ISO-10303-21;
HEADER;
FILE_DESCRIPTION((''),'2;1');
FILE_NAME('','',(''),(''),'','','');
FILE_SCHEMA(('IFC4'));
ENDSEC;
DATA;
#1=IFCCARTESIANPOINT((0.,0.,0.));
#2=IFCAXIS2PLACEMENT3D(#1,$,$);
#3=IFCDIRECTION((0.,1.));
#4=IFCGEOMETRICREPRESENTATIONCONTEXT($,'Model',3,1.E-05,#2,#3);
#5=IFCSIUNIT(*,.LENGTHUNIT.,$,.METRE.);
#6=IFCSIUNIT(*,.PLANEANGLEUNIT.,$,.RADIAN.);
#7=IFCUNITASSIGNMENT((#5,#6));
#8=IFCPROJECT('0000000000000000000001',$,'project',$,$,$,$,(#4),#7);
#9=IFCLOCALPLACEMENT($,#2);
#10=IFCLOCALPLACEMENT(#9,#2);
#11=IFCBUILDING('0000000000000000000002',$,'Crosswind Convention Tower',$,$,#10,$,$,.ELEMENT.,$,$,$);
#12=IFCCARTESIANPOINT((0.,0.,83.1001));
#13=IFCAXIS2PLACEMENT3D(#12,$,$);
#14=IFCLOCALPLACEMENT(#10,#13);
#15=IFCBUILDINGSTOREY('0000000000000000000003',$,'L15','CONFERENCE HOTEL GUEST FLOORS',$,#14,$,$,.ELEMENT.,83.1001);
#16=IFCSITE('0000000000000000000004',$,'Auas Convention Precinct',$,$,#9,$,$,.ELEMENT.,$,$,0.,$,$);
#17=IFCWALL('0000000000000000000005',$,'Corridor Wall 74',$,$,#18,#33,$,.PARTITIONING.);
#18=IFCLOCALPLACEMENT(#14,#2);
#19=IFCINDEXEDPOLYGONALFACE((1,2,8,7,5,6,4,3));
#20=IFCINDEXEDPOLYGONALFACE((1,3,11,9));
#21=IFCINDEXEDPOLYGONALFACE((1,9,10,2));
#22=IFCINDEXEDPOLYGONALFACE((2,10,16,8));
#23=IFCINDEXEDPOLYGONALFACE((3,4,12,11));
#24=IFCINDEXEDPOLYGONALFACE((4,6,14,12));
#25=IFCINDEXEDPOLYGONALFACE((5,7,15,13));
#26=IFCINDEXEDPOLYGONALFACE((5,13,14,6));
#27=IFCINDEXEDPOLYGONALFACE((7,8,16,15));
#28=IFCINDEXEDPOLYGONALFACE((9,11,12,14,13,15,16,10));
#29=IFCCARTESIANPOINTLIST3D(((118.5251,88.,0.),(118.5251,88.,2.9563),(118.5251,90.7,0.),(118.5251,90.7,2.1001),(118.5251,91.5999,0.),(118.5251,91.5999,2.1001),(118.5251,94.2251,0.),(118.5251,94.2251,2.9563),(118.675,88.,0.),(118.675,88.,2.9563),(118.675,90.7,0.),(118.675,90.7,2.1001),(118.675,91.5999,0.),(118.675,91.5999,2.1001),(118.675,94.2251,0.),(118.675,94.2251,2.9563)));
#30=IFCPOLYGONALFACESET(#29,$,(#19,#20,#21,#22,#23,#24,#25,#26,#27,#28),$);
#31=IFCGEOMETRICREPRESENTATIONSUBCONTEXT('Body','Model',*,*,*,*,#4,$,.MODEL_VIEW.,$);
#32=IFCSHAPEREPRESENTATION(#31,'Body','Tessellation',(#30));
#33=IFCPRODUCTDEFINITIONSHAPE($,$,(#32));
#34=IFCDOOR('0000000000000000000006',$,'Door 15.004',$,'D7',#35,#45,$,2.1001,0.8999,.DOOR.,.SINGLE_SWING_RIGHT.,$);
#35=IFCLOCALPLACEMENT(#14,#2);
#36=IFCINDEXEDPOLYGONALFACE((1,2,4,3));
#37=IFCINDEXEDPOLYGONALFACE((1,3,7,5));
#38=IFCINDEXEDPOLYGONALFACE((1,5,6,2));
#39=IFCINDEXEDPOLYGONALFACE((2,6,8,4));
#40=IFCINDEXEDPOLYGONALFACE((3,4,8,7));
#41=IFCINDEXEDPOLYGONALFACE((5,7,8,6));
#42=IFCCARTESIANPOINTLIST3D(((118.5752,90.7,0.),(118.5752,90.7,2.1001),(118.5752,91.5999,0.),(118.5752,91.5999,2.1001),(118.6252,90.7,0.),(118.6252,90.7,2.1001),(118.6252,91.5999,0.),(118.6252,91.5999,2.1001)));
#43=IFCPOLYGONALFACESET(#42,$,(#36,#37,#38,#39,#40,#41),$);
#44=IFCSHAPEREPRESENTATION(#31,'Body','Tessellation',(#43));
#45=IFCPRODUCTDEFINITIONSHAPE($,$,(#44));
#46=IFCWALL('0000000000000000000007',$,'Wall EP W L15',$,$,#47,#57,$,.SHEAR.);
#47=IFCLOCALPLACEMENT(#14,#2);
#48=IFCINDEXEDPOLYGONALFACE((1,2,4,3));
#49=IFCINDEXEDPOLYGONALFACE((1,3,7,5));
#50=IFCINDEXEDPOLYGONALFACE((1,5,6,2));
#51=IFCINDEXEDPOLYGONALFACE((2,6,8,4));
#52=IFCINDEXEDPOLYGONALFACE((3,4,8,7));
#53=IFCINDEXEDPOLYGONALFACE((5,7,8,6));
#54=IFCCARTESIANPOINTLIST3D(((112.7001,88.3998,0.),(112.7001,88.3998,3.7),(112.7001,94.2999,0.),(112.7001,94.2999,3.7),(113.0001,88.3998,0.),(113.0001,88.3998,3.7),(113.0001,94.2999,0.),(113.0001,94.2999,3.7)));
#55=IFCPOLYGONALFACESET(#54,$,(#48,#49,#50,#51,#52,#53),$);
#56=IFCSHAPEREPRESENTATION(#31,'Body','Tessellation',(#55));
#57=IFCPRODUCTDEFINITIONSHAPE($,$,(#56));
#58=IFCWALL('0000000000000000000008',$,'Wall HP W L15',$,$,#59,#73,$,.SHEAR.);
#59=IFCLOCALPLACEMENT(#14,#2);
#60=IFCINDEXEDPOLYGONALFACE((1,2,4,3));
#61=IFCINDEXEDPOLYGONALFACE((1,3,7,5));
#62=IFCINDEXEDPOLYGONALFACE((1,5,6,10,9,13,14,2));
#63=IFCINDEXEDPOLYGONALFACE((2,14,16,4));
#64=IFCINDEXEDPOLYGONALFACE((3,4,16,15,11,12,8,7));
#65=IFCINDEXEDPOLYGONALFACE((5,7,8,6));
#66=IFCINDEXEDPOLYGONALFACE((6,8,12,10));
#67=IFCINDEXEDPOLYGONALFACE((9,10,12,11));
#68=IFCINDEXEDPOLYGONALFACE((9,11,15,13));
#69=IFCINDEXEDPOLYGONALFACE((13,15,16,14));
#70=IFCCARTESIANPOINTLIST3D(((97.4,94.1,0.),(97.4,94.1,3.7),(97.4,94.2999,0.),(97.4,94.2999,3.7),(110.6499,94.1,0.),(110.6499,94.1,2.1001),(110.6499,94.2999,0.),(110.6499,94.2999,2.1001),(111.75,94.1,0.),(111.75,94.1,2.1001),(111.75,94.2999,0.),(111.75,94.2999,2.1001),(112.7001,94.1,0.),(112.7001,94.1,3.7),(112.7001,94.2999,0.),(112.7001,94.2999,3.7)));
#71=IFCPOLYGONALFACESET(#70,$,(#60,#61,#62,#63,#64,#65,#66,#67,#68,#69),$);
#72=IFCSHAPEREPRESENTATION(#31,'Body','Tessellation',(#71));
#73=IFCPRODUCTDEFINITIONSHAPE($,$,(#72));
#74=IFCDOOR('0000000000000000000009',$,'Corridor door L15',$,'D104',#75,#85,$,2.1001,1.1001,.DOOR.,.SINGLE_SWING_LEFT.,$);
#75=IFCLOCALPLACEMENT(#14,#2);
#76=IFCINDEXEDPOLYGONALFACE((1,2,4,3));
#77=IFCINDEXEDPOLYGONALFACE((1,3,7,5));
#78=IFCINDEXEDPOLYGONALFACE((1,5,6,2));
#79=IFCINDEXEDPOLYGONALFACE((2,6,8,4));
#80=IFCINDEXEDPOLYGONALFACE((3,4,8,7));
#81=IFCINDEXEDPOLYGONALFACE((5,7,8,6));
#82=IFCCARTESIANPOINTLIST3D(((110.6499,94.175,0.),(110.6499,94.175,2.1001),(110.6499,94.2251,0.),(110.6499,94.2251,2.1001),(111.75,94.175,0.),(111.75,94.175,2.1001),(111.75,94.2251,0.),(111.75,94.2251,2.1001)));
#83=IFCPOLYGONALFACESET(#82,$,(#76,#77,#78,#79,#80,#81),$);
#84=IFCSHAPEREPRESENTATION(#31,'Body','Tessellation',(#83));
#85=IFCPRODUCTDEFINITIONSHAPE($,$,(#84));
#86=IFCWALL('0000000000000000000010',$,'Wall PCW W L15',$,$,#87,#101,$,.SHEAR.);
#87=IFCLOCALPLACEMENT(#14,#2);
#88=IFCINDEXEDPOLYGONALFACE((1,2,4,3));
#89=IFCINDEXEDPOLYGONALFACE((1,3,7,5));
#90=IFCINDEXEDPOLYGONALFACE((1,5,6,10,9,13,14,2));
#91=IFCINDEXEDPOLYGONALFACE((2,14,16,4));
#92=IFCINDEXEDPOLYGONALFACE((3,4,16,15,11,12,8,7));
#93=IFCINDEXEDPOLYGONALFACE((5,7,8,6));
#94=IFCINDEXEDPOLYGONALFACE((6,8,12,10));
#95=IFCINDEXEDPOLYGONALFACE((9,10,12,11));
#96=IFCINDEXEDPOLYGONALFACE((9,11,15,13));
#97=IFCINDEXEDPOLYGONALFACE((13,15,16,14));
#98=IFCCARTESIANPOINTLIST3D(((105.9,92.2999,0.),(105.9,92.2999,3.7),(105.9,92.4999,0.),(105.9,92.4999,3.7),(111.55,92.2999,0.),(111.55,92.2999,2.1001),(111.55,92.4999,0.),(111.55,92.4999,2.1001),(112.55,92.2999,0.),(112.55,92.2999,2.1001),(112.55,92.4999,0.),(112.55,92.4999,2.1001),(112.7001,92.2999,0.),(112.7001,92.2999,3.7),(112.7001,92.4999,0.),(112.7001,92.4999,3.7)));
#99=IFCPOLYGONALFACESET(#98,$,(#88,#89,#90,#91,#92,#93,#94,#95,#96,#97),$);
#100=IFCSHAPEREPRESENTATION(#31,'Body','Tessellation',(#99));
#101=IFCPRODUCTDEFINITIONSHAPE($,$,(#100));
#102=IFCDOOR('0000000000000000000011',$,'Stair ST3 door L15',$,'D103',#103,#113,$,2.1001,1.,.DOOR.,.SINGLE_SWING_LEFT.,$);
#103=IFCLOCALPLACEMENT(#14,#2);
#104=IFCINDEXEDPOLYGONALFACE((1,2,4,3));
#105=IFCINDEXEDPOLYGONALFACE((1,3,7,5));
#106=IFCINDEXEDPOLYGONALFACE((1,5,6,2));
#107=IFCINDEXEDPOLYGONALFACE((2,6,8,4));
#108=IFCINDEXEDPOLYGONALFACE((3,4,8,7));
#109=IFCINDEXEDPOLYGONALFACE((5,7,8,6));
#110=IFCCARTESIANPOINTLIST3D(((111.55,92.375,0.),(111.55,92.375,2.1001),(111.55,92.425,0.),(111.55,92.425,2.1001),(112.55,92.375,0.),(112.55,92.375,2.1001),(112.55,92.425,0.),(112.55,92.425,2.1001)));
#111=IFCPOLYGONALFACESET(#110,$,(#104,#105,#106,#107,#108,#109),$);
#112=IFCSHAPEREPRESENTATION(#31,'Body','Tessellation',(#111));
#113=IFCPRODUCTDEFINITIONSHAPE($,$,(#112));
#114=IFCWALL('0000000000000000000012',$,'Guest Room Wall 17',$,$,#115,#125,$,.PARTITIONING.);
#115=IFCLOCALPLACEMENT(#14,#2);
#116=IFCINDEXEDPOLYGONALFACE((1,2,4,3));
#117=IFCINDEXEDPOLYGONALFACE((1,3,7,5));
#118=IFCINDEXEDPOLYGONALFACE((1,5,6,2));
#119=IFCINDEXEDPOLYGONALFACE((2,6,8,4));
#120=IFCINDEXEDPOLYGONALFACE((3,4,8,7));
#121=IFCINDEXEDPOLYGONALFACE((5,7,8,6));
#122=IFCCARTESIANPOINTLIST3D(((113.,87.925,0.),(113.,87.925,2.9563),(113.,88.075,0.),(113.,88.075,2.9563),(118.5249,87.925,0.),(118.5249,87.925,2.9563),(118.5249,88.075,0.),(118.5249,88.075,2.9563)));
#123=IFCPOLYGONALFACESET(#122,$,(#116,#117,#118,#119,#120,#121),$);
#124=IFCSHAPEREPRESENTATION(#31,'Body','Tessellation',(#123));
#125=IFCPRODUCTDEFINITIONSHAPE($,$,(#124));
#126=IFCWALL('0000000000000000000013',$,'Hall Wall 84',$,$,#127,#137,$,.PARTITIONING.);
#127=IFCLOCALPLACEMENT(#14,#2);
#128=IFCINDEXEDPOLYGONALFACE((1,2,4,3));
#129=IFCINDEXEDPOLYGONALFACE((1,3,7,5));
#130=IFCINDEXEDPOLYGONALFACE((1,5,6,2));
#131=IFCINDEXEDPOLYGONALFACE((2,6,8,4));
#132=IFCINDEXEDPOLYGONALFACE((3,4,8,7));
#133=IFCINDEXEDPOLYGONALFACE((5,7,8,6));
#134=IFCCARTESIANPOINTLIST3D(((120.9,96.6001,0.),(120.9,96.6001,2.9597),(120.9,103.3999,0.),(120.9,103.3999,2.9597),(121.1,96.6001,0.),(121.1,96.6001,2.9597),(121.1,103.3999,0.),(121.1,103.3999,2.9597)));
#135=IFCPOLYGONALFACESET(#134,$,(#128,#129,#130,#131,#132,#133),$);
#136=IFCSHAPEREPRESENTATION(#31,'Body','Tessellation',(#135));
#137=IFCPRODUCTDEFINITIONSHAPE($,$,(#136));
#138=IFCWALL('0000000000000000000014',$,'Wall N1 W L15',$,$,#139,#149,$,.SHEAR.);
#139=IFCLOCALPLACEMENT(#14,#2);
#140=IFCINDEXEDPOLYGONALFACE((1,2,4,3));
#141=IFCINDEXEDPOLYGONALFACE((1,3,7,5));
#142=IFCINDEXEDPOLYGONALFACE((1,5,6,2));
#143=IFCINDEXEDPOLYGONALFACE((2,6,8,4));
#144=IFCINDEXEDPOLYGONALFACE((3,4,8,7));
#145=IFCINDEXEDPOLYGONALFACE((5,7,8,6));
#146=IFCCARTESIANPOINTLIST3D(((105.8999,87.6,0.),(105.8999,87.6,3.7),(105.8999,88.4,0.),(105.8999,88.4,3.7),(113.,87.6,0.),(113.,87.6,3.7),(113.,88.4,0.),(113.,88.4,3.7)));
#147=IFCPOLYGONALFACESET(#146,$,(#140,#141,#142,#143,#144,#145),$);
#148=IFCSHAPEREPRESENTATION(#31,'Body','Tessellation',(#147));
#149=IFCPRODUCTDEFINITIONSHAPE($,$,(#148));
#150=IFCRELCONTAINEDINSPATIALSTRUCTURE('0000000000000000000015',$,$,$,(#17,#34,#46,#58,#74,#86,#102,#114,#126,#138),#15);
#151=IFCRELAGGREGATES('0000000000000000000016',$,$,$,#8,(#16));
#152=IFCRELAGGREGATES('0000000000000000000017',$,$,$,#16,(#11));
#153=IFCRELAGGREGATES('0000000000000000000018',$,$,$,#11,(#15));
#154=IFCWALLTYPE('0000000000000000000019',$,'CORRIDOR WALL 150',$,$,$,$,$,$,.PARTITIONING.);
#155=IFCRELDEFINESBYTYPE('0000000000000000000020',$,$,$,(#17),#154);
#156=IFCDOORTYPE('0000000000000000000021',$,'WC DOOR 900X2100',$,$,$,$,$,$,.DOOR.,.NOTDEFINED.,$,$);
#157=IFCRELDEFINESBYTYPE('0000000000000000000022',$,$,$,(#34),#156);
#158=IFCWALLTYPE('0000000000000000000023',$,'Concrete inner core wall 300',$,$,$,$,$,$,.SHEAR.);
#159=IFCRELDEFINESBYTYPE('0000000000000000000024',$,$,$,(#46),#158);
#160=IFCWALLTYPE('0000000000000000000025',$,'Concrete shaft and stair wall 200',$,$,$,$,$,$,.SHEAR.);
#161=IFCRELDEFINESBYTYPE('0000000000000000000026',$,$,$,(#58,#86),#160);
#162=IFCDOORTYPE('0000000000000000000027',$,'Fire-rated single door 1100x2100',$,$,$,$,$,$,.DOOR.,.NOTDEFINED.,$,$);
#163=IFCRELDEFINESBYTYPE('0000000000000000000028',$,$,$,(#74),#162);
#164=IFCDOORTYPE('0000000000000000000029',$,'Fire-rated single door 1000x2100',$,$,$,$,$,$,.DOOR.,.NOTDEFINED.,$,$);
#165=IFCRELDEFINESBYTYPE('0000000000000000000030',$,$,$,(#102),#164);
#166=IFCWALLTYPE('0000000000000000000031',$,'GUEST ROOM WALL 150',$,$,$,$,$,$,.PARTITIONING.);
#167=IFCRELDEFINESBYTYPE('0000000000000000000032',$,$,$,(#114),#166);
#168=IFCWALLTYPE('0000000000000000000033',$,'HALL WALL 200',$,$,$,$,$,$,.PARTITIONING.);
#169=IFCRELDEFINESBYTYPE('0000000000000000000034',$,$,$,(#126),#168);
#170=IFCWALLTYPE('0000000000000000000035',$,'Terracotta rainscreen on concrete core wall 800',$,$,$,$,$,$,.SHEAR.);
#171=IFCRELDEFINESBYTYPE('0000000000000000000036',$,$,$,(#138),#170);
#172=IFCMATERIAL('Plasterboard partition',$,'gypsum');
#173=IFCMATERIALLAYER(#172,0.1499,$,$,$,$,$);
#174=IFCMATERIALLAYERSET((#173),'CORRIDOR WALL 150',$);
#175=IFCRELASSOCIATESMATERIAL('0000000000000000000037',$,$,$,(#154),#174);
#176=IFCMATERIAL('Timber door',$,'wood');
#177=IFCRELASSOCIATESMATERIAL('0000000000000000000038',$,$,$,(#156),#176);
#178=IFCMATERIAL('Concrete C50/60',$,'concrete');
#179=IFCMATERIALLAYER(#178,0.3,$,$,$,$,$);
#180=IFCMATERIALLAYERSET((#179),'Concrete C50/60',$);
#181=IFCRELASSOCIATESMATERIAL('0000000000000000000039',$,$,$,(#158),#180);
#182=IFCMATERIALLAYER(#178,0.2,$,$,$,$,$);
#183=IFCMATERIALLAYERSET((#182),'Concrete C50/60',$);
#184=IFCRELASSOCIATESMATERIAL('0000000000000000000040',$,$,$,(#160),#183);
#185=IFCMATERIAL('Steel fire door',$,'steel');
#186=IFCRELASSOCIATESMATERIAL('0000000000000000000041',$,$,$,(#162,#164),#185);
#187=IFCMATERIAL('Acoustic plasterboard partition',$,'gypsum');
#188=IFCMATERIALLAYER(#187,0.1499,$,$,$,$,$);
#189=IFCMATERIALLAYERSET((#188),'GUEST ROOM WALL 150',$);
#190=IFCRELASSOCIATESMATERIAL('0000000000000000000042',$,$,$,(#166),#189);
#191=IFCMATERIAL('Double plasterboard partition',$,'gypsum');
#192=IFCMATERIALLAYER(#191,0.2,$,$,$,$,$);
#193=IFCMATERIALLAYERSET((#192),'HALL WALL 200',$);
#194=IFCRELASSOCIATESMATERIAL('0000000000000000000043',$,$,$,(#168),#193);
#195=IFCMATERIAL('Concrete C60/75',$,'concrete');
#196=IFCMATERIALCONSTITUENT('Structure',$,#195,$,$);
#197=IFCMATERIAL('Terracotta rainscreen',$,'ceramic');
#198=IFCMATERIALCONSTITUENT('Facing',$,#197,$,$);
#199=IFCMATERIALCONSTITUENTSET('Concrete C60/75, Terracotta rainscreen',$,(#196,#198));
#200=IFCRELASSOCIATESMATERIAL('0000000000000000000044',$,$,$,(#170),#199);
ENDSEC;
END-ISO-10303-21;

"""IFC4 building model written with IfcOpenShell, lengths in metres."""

from ifc_helpers import new_model, si_unit, direction, frame, frame_2d, origin, place, context, subcontext, project, spatial, rectangle, extrude, material, layer, layer_set, constituent, constituent_set, type_object, element, fill, save


model = new_model("IFC4")

# Units and contexts
model_context = context("Model", 3, precision=1e-05, world=origin(), true_north=direction((0.0, 1.0)))
body_context = subcontext(model_context, "Body", "Model", "MODEL_VIEW")
ifc_project = project(units=[si_unit("LENGTHUNIT", "METRE"), si_unit("PLANEANGLEUNIT", "RADIAN")], contexts=[model_context])

# Site, building, storey
site_placement = place(None, origin())
site = spatial("IfcSite", under=ifc_project, at=site_placement, Name="Auas Convention Precinct", CompositionType="ELEMENT", RefElevation=0.0)
building_placement = place(site_placement, origin())
building = spatial("IfcBuilding", under=site, at=building_placement, Name="Crosswind Convention Tower", CompositionType="ELEMENT")
storey_placement = place(building_placement, frame((0.0, 0.0, 83.1001)))
storey = spatial("IfcBuildingStorey", under=building, at=storey_placement, Name="L15", Description="CONFERENCE HOTEL GUEST FLOORS", CompositionType="ELEMENT", Elevation=83.1001)

# Shared definitions
ifc_material_1 = material(Name="Plasterboard partition", Category="gypsum")
ifc_layer_1 = layer(ifc_material_1, 0.1499)
ifc_layer_set_1 = layer_set([ifc_layer_1], Name="CORRIDOR WALL 150")
wall_type_1 = type_object("IfcWallType", Name="CORRIDOR WALL 150", PredefinedType="PARTITIONING", material=ifc_layer_set_1)

# Wall, opening, door
wall_1_placement = place(storey_placement, frame((118.6001, 88.0, 0.0), z_axis=(0.0, 0.0, 1.0), x_axis=(0.0, 1.0, 0.0)))
wall_1 = element("IfcWall", 1, at=wall_1_placement, inside=storey, type_object=wall_type_1, Name="Corridor Wall 74", PredefinedType="PARTITIONING", context=body_context, shape_type="SweptSolid", body=[
    extrude(rectangle(XDim=6.2251, YDim=0.1499, at=frame_2d((3.1125, 0.0))), origin(), (0.0, 0.0, 1.0), 2.9563),
])
opening_1_placement = place(wall_1_placement, frame((2.7, 0.0, 0.0)))
opening_1 = element("IfcOpeningElement", 2, at=opening_1_placement, cuts=wall_1, PredefinedType="OPENING", context=body_context, shape_type="SweptSolid", body=[
    extrude(rectangle(XDim=0.8999, YDim=2.1001, at=frame_2d((0.45, 1.05))), frame((0.0, 0.085, 0.0), z_axis=(0.0, -1.0, 0.0), x_axis=(1.0, 0.0, 0.0)), (0.0, 0.0, 1.0), 0.1699),
])
ifc_material_2 = material(Name="Timber door", Category="wood")
door_type_1 = type_object("IfcDoorType", Name="WC DOOR 900X2100", OperationType="NOTDEFINED", PredefinedType="DOOR", material=ifc_material_2)
door_1_placement = place(opening_1_placement, origin())
door_1 = element("IfcDoor", 3, at=door_1_placement, inside=storey, type_object=door_type_1, Name="Door 15.004", ObjectType="D7", OperationType="SINGLE_SWING_RIGHT", OverallHeight=2.1001, OverallWidth=0.8999, PredefinedType="DOOR", context=body_context, shape_type="SweptSolid", body=[
    extrude(rectangle(XDim=0.8999, YDim=2.1001, at=frame_2d((0.45, 1.05))), frame((0.0, 0.0249, 0.0), z_axis=(0.0, -1.0, 0.0), x_axis=(1.0, 0.0, 0.0)), (0.0, 0.0, 1.0), 0.05),
])
fill(opening_1, door_1)

# Wall
ifc_material_3 = material(Name="Concrete C50/60", Category="concrete")
ifc_layer_2 = layer(ifc_material_3, 0.3)
ifc_layer_set_2 = layer_set([ifc_layer_2], Name="Concrete C50/60")
wall_type_2 = type_object("IfcWallType", Name="Concrete inner core wall 300", PredefinedType="SHEAR", material=ifc_layer_set_2)
wall_2_placement = place(storey_placement, frame((112.8501, 94.3, 0.0), z_axis=(0.0, 0.0, 1.0), x_axis=(0.0, -1.0, 0.0)))
element("IfcWall", 4, at=wall_2_placement, inside=storey, type_object=wall_type_2, Name="Wall EP W L15", PredefinedType="SHEAR", context=body_context, shape_type="SweptSolid", body=[
    extrude(rectangle(XDim=5.9001, YDim=0.3, at=frame_2d((2.9502, 0.0))), origin(), (0.0, 0.0, 1.0), 3.7),
])

# Walls, openings, doors
ifc_layer_3 = layer(ifc_material_3, 0.2)
ifc_layer_set_3 = layer_set([ifc_layer_3], Name="Concrete C50/60")
wall_type_3 = type_object("IfcWallType", Name="Concrete shaft and stair wall 200", PredefinedType="SHEAR", material=ifc_layer_set_3)
wall_3_placement = place(storey_placement, frame((112.7, 94.2, 0.0), z_axis=(0.0, 0.0, 1.0), x_axis=(-1.0, 0.0, 0.0)))
wall_3 = element("IfcWall", 5, at=wall_3_placement, inside=storey, type_object=wall_type_3, Name="Wall HP W L15", PredefinedType="SHEAR", context=body_context, shape_type="SweptSolid", body=[
    extrude(rectangle(XDim=15.3, YDim=0.2, at=frame_2d((7.6499, 0.0))), origin(), (0.0, 0.0, 1.0), 3.7),
])
opening_2_placement = place(wall_3_placement, frame((0.95, 0.0, 0.0)))
opening_2 = element("IfcOpeningElement", 6, at=opening_2_placement, cuts=wall_3, PredefinedType="OPENING", context=body_context, shape_type="SweptSolid", body=[
    extrude(rectangle(XDim=1.1001, YDim=2.1001, at=frame_2d((0.55, 1.05))), frame((0.0, 0.1099, 0.0), z_axis=(0.0, -1.0, 0.0), x_axis=(1.0, 0.0, 0.0)), (0.0, 0.0, 1.0), 0.22),
])
ifc_material_4 = material(Name="Steel fire door", Category="steel")
door_type_2 = type_object("IfcDoorType", Name="Fire-rated single door 1100x2100", OperationType="NOTDEFINED", PredefinedType="DOOR", material=ifc_material_4)
door_2_placement = place(opening_2_placement, origin())
door_2 = element("IfcDoor", 7, at=door_2_placement, inside=storey, type_object=door_type_2, Name="Corridor door L15", ObjectType="D104", OperationType="SINGLE_SWING_LEFT", OverallHeight=2.1001, OverallWidth=1.1001, PredefinedType="DOOR", context=body_context, shape_type="SweptSolid", body=[
    extrude(rectangle(XDim=1.1001, YDim=2.1001, at=frame_2d((0.55, 1.05))), frame((0.0, 0.0249, 0.0), z_axis=(0.0, -1.0, 0.0), x_axis=(1.0, 0.0, 0.0)), (0.0, 0.0, 1.0), 0.05),
])
fill(opening_2, door_2)
wall_4_placement = place(storey_placement, frame((112.7, 92.3999, 0.0), z_axis=(0.0, 0.0, 1.0), x_axis=(-1.0, 0.0, 0.0)))
wall_4 = element("IfcWall", 8, at=wall_4_placement, inside=storey, type_object=wall_type_3, Name="Wall PCW W L15", PredefinedType="SHEAR", context=body_context, shape_type="SweptSolid", body=[
    extrude(rectangle(XDim=6.8, YDim=0.2, at=frame_2d((3.3999, 0.0))), origin(), (0.0, 0.0, 1.0), 3.7),
])
opening_3_placement = place(wall_4_placement, frame((0.1499, 0.0, 0.0)))
opening_3 = element("IfcOpeningElement", 9, at=opening_3_placement, cuts=wall_4, PredefinedType="OPENING", context=body_context, shape_type="SweptSolid", body=[
    extrude(rectangle(XDim=1.0, YDim=2.1001, at=frame_2d((0.5, 1.05))), frame((0.0, 0.1099, 0.0), z_axis=(0.0, -1.0, 0.0), x_axis=(1.0, 0.0, 0.0)), (0.0, 0.0, 1.0), 0.22),
])
door_type_3 = type_object("IfcDoorType", Name="Fire-rated single door 1000x2100", OperationType="NOTDEFINED", PredefinedType="DOOR", material=ifc_material_4)
door_3_placement = place(opening_3_placement, origin())
door_3 = element("IfcDoor", 10, at=door_3_placement, inside=storey, type_object=door_type_3, Name="Stair ST3 door L15", ObjectType="D103", OperationType="SINGLE_SWING_LEFT", OverallHeight=2.1001, OverallWidth=1.0, PredefinedType="DOOR", context=body_context, shape_type="SweptSolid", body=[
    extrude(rectangle(XDim=1.0, YDim=2.1001, at=frame_2d((0.5, 1.05))), frame((0.0, 0.0249, 0.0), z_axis=(0.0, -1.0, 0.0), x_axis=(1.0, 0.0, 0.0)), (0.0, 0.0, 1.0), 0.05),
])
fill(opening_3, door_3)

# Wall
ifc_material_5 = material(Name="Acoustic plasterboard partition", Category="gypsum")
ifc_layer_4 = layer(ifc_material_5, 0.1499)
ifc_layer_set_4 = layer_set([ifc_layer_4], Name="GUEST ROOM WALL 150")
wall_type_4 = type_object("IfcWallType", Name="GUEST ROOM WALL 150", PredefinedType="PARTITIONING", material=ifc_layer_set_4)
wall_5_placement = place(storey_placement, frame((113.0, 88.0, 0.0), z_axis=(0.0, 0.0, 1.0), x_axis=(1.0, 0.0, 0.0)))
element("IfcWall", 11, at=wall_5_placement, inside=storey, type_object=wall_type_4, Name="Guest Room Wall 17", PredefinedType="PARTITIONING", context=body_context, shape_type="SweptSolid", body=[
    extrude(rectangle(XDim=5.5249, YDim=0.1499, at=frame_2d((2.7625, 0.0))), origin(), (0.0, 0.0, 1.0), 2.9563),
])

# Shared definitions
ifc_material_6 = material(Name="Double plasterboard partition", Category="gypsum")
ifc_layer_5 = layer(ifc_material_6, 0.2)
ifc_layer_set_5 = layer_set([ifc_layer_5], Name="HALL WALL 200")
wall_type_5 = type_object("IfcWallType", Name="HALL WALL 200", PredefinedType="PARTITIONING", material=ifc_layer_set_5)

# Walls
wall_6_placement = place(storey_placement, frame((121.0, 96.6001, 0.0), z_axis=(0.0, 0.0, 1.0), x_axis=(0.0, 1.0, 0.0)))
element("IfcWall", 12, at=wall_6_placement, inside=storey, type_object=wall_type_5, Name="Hall Wall 84", PredefinedType="PARTITIONING", context=body_context, shape_type="SweptSolid", body=[
    extrude(rectangle(XDim=6.7998, YDim=0.2, at=frame_2d((3.3999, 0.0))), origin(), (0.0, 0.0, 1.0), 2.9597),
])
ifc_material_7 = material(Name="Concrete C60/75", Category="concrete")
ifc_constituent_1 = constituent(ifc_material_7, Name="Structure")
ifc_material_8 = material(Name="Terracotta rainscreen", Category="ceramic")
ifc_constituent_2 = constituent(ifc_material_8, Name="Facing")
ifc_constituent_set = constituent_set(constituents=[ifc_constituent_1, ifc_constituent_2], Name="Concrete C60/75, Terracotta rainscreen")
wall_type_6 = type_object("IfcWallType", Name="Terracotta rainscreen on concrete core wall 800", PredefinedType="SHEAR", material=ifc_constituent_set)
wall_7_placement = place(storey_placement, frame((113.0, 88.0, 0.0), z_axis=(0.0, 0.0, 1.0), x_axis=(-1.0, 0.0, 0.0)))
element("IfcWall", 13, at=wall_7_placement, inside=storey, type_object=wall_type_6, Name="Wall N1 W L15", PredefinedType="SHEAR", context=body_context, shape_type="SweptSolid", body=[
    extrude(rectangle(XDim=7.1001, YDim=0.8, at=frame_2d((3.55, 0.0))), origin(), (0.0, 0.0, 1.0), 3.7),
])

save(model, "model.ifc")
